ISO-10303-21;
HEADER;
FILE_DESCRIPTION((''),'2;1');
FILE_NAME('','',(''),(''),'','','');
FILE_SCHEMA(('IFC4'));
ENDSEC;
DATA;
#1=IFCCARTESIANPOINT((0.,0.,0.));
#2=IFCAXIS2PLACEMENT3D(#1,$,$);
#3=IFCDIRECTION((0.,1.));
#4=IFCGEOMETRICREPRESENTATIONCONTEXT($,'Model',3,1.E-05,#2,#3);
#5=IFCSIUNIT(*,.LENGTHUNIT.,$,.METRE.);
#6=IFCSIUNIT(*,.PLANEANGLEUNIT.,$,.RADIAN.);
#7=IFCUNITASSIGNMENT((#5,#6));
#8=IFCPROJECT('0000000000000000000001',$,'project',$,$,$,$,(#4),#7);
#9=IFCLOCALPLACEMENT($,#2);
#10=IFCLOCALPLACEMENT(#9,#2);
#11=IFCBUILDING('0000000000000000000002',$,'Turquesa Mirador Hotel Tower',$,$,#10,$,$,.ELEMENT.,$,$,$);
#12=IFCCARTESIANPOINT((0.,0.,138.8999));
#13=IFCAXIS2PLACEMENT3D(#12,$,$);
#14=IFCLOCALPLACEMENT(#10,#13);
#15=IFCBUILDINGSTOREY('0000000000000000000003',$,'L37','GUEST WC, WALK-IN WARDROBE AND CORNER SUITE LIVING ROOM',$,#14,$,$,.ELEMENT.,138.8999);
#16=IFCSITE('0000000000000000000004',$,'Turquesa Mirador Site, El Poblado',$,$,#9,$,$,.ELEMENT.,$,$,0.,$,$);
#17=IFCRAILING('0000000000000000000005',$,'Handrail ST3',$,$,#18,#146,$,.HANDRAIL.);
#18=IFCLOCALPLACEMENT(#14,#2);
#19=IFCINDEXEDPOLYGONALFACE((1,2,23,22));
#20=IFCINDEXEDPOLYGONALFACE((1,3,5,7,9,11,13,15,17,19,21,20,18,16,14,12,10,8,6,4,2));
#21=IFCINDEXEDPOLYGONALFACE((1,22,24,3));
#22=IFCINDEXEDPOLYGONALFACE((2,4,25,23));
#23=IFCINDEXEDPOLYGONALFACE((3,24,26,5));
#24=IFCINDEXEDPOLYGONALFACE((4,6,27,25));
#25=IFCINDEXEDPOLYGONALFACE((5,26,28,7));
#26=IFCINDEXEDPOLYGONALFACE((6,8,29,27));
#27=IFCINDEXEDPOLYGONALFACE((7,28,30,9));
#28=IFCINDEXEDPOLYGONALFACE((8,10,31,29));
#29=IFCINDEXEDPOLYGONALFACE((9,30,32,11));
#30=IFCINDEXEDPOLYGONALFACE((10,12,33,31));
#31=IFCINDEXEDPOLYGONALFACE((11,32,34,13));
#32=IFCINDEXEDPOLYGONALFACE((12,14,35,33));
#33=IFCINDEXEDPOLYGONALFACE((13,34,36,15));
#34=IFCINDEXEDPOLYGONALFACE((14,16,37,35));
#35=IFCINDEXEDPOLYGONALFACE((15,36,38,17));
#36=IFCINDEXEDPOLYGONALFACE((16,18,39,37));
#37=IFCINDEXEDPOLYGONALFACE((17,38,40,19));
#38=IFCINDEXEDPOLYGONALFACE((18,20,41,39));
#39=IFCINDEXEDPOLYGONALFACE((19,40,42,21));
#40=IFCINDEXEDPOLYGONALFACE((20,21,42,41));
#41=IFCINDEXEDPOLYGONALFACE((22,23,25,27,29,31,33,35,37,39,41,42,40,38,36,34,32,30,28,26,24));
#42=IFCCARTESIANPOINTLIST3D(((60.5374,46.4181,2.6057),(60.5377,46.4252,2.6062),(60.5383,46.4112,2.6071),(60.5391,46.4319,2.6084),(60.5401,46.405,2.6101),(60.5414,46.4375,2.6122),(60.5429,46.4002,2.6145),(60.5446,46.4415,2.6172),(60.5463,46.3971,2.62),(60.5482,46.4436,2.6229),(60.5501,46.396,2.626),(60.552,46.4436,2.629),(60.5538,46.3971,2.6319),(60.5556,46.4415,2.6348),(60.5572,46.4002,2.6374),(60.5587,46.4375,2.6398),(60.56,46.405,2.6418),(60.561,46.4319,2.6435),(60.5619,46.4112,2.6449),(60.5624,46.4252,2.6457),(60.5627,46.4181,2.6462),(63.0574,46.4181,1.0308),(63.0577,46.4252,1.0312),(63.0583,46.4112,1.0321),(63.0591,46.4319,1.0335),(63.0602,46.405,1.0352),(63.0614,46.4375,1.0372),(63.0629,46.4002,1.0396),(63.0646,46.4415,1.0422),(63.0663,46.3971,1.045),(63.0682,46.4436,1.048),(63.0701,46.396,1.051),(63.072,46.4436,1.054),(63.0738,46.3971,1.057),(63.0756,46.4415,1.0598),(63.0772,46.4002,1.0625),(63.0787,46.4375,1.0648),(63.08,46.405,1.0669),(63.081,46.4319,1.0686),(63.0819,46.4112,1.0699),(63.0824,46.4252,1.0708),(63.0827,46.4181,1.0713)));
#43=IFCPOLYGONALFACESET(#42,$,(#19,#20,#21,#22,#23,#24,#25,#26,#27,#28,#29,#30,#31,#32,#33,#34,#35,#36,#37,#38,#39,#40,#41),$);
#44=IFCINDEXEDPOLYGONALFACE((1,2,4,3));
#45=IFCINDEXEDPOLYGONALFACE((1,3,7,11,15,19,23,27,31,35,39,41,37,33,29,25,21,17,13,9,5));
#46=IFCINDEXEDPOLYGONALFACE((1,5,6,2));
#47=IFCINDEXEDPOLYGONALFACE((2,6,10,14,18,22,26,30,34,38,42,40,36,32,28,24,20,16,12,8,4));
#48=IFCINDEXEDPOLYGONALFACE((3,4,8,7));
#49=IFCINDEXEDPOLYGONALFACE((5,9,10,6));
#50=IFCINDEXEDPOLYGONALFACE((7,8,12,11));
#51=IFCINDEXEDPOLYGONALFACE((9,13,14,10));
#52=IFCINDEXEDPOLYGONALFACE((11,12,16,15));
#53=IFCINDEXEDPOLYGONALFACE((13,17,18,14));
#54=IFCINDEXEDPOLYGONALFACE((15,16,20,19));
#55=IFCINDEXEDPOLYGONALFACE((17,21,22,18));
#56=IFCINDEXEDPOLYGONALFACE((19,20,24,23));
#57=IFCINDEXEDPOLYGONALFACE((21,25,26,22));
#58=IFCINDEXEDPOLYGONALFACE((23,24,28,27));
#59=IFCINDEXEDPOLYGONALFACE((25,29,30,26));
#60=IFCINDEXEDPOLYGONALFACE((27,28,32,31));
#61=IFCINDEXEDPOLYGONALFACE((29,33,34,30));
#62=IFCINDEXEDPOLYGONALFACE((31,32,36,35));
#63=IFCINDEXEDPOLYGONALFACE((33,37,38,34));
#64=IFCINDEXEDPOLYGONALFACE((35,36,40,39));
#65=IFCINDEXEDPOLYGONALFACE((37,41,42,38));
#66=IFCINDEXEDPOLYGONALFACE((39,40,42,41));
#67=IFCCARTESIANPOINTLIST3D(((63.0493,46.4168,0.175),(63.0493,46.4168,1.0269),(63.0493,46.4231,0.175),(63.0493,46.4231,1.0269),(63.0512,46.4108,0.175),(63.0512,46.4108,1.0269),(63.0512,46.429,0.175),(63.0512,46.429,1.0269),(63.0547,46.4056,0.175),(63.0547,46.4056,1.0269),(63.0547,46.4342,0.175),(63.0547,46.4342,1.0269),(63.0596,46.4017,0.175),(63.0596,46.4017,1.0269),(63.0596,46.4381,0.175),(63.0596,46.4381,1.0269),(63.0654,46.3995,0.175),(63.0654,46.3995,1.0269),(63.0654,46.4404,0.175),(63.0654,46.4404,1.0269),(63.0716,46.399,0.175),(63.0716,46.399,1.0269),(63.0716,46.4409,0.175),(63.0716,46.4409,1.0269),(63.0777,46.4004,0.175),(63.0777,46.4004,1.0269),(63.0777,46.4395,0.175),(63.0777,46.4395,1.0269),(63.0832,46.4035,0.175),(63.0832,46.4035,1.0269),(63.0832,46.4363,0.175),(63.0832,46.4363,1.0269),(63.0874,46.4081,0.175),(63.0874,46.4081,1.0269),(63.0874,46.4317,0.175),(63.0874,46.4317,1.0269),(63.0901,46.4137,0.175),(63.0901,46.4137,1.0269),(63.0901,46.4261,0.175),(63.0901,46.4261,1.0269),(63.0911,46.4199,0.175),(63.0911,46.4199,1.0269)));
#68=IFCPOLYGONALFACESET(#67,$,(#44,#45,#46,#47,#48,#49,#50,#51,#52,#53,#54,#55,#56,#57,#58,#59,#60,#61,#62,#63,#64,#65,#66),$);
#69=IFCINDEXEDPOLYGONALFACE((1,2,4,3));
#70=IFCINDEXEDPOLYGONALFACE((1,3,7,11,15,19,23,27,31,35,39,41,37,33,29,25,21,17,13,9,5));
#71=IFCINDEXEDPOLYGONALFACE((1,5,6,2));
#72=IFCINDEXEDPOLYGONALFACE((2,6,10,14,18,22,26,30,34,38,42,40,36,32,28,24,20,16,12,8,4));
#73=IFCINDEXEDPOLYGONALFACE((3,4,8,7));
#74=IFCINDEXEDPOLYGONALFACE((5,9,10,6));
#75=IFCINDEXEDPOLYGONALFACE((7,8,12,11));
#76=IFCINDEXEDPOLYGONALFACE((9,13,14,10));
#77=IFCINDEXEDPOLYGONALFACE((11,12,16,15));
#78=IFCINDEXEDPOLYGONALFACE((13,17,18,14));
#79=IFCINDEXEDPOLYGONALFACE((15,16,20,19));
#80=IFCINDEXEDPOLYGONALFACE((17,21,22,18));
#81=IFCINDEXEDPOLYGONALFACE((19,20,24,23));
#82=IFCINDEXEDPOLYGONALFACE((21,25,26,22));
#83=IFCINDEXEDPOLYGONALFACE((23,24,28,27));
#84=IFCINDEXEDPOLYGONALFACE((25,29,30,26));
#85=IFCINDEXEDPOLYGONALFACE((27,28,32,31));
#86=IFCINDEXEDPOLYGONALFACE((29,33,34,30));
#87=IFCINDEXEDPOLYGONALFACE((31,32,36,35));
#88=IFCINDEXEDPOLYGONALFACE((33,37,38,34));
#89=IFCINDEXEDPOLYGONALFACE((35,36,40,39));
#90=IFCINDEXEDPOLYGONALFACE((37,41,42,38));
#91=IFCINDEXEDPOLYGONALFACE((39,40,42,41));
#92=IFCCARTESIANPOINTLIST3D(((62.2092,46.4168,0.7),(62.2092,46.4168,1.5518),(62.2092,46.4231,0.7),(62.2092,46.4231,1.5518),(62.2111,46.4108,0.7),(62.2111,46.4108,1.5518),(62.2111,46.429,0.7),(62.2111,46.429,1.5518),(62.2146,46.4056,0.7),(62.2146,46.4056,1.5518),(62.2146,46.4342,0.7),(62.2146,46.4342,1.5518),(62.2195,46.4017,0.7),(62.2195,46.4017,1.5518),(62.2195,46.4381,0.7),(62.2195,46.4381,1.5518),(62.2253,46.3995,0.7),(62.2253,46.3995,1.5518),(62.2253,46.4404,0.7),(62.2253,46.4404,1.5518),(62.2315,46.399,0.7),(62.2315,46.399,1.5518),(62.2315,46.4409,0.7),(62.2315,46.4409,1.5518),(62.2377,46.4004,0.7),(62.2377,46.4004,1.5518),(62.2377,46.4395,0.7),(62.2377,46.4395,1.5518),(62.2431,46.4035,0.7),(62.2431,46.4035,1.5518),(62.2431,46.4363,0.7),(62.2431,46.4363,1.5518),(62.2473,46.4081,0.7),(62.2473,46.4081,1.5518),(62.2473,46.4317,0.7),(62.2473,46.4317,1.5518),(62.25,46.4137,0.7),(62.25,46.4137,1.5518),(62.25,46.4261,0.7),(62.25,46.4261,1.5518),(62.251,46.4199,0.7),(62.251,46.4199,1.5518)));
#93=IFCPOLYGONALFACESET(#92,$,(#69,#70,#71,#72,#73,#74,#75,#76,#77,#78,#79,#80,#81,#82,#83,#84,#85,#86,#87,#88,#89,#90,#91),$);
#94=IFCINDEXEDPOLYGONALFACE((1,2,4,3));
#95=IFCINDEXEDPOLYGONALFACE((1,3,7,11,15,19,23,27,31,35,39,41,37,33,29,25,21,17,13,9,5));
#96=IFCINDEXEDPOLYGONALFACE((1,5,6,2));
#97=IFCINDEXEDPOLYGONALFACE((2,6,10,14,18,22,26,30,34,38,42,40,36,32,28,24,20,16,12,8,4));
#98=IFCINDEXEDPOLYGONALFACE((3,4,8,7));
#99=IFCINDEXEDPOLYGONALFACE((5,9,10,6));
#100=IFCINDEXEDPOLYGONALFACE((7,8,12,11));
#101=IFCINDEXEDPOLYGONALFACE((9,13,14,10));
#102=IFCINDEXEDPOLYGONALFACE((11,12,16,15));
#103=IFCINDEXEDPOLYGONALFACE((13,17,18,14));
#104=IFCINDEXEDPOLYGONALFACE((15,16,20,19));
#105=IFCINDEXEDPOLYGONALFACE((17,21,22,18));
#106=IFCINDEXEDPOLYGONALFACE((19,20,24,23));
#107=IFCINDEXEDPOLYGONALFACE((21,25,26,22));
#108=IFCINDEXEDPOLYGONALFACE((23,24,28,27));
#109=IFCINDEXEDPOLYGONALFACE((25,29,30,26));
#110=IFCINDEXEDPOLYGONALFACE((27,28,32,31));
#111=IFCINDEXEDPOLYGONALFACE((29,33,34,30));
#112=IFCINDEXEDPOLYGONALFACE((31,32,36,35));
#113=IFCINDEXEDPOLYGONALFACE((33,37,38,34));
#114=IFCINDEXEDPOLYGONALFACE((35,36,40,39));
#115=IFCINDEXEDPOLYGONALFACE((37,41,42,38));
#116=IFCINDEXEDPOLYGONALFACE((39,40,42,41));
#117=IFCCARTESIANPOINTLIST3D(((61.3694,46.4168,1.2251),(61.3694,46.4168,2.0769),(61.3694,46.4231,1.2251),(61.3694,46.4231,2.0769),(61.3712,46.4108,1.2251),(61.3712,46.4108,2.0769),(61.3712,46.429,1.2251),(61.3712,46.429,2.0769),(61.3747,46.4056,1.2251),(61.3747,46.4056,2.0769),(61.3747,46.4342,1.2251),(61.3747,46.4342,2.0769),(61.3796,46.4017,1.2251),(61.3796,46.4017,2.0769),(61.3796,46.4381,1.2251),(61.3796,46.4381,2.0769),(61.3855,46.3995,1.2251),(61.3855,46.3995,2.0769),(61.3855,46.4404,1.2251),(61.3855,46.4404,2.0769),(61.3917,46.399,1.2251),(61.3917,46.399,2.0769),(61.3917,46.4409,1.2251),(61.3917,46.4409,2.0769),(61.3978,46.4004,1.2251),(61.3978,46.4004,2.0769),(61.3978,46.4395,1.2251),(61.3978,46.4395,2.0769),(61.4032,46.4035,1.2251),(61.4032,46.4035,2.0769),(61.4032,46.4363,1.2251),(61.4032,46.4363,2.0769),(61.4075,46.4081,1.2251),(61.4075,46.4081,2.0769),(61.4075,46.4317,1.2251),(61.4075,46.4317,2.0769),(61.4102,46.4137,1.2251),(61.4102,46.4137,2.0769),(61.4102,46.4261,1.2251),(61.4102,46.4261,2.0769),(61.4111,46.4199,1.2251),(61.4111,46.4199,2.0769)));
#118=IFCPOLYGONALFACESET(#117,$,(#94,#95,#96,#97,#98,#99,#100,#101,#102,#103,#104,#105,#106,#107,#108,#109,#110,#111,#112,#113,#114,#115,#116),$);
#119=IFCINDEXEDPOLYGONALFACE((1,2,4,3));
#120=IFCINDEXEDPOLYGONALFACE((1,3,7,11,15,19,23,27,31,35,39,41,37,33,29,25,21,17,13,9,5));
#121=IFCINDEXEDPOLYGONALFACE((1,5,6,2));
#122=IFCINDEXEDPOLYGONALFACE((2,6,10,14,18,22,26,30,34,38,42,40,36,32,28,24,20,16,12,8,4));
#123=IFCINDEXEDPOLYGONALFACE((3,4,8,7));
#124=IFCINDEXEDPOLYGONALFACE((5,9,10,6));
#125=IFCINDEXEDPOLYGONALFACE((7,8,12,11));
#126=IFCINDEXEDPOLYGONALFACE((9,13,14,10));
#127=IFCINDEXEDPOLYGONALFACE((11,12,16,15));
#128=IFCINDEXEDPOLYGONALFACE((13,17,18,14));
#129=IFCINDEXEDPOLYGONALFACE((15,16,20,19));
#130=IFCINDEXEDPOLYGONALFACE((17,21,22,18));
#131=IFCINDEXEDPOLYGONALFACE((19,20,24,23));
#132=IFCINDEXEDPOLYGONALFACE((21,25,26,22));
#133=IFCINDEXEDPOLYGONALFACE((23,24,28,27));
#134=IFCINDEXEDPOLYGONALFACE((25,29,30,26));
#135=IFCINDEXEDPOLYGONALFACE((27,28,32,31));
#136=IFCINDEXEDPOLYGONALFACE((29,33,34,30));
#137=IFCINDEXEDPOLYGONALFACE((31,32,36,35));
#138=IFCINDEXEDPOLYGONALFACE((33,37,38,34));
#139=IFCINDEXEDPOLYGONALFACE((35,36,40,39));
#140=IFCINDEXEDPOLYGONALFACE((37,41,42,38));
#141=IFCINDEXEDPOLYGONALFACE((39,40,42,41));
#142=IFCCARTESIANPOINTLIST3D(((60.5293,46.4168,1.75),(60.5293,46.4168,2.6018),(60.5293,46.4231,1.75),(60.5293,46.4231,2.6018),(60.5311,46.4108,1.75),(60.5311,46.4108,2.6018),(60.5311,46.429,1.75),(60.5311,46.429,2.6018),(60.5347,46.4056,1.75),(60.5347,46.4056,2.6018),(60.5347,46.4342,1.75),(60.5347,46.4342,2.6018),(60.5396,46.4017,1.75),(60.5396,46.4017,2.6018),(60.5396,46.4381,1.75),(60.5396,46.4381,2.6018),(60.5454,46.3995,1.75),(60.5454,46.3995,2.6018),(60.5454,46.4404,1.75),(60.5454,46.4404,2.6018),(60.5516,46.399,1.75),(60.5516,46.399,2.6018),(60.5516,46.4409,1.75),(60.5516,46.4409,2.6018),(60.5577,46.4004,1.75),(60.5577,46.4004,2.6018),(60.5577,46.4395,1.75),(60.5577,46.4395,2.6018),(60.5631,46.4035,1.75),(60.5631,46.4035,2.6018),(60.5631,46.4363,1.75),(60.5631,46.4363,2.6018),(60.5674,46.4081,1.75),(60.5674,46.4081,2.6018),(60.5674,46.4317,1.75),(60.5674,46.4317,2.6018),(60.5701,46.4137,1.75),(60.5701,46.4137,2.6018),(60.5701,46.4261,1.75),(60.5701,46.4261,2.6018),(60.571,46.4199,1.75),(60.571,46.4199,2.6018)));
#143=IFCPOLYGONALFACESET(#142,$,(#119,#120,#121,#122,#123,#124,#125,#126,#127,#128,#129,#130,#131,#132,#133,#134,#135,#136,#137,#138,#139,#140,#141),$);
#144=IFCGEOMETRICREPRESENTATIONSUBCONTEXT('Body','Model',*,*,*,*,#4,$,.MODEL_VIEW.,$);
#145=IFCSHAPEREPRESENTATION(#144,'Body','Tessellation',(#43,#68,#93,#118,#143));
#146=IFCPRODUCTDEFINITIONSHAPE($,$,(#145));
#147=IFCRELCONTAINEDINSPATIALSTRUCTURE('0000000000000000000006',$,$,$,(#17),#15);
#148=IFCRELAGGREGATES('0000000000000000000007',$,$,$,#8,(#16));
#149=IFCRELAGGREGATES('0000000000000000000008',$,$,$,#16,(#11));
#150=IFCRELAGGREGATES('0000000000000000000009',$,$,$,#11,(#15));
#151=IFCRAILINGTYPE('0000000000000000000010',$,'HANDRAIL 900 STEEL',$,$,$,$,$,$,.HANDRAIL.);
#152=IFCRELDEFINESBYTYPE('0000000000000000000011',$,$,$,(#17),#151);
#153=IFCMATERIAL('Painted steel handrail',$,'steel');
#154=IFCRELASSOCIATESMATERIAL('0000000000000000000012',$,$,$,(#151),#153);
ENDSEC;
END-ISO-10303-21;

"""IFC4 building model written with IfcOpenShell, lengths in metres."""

from ifc_helpers import new_model, si_unit, direction, frame, origin, origin_2d, place, context, subcontext, project, spatial, circle, extrude, material, type_object, element, save


model = new_model("IFC4")

# Units and contexts
model_context = context("Model", 3, precision=1e-05, world=origin(), true_north=direction((0.0, 1.0)))
body_context = subcontext(model_context, "Body", "Model", "MODEL_VIEW")
ifc_project = project(units=[si_unit("LENGTHUNIT", "METRE"), si_unit("PLANEANGLEUNIT", "RADIAN")], contexts=[model_context])

# Site, building, storey
site_placement = place(None, origin())
site = spatial("IfcSite", under=ifc_project, at=site_placement, Name="Turquesa Mirador Site, El Poblado", CompositionType="ELEMENT", RefElevation=0.0)
building_placement = place(site_placement, origin())
building = spatial("IfcBuilding", under=site, at=building_placement, Name="Turquesa Mirador Hotel Tower", CompositionType="ELEMENT")
storey_placement = place(building_placement, frame((0.0, 0.0, 138.8999)))
storey = spatial("IfcBuildingStorey", under=building, at=storey_placement, Name="L37", Description="GUEST WC, WALK-IN WARDROBE AND CORNER SUITE LIVING ROOM", CompositionType="ELEMENT", Elevation=138.8999)

# Railing
ifc_material_1 = material(Name="Painted steel handrail", Category="steel")
railing_type = type_object("IfcRailingType", Name="HANDRAIL 900 STEEL", PredefinedType="HANDRAIL", material=ifc_material_1)
railing_1_placement = place(storey_placement, frame((63.0701, 46.4199, 0.175)))
element("IfcRailing", 1, at=railing_1_placement, inside=storey, type_object=railing_type, Name="Handrail ST3", PredefinedType="HANDRAIL", context=body_context, shape_type="SweptSolid", body=[
    extrude(circle(Radius=0.0239, at=origin_2d()), frame((0.0, 0.0, 0.876), z_axis=(-0.848008, 0.0, 0.529984), x_axis=(0.0, -1.0, 0.0)), (0.0, 0.0, 1.0), 2.9717),
    extrude(circle(Radius=0.021, at=origin_2d()), origin(), (0.0, 0.0, 1.0), 0.8518),
    extrude(circle(Radius=0.021, at=origin_2d()), frame((-0.8401, 0.0, 0.5249)), (0.0, 0.0, 1.0), 0.8518),
    extrude(circle(Radius=0.021, at=origin_2d()), frame((-1.6799, 0.0, 1.05)), (0.0, 0.0, 1.0), 0.8518),
    extrude(circle(Radius=0.021, at=origin_2d()), frame((-2.52, 0.0, 1.575)), (0.0, 0.0, 1.0), 0.8518),
])

save(model, "model.ifc")
